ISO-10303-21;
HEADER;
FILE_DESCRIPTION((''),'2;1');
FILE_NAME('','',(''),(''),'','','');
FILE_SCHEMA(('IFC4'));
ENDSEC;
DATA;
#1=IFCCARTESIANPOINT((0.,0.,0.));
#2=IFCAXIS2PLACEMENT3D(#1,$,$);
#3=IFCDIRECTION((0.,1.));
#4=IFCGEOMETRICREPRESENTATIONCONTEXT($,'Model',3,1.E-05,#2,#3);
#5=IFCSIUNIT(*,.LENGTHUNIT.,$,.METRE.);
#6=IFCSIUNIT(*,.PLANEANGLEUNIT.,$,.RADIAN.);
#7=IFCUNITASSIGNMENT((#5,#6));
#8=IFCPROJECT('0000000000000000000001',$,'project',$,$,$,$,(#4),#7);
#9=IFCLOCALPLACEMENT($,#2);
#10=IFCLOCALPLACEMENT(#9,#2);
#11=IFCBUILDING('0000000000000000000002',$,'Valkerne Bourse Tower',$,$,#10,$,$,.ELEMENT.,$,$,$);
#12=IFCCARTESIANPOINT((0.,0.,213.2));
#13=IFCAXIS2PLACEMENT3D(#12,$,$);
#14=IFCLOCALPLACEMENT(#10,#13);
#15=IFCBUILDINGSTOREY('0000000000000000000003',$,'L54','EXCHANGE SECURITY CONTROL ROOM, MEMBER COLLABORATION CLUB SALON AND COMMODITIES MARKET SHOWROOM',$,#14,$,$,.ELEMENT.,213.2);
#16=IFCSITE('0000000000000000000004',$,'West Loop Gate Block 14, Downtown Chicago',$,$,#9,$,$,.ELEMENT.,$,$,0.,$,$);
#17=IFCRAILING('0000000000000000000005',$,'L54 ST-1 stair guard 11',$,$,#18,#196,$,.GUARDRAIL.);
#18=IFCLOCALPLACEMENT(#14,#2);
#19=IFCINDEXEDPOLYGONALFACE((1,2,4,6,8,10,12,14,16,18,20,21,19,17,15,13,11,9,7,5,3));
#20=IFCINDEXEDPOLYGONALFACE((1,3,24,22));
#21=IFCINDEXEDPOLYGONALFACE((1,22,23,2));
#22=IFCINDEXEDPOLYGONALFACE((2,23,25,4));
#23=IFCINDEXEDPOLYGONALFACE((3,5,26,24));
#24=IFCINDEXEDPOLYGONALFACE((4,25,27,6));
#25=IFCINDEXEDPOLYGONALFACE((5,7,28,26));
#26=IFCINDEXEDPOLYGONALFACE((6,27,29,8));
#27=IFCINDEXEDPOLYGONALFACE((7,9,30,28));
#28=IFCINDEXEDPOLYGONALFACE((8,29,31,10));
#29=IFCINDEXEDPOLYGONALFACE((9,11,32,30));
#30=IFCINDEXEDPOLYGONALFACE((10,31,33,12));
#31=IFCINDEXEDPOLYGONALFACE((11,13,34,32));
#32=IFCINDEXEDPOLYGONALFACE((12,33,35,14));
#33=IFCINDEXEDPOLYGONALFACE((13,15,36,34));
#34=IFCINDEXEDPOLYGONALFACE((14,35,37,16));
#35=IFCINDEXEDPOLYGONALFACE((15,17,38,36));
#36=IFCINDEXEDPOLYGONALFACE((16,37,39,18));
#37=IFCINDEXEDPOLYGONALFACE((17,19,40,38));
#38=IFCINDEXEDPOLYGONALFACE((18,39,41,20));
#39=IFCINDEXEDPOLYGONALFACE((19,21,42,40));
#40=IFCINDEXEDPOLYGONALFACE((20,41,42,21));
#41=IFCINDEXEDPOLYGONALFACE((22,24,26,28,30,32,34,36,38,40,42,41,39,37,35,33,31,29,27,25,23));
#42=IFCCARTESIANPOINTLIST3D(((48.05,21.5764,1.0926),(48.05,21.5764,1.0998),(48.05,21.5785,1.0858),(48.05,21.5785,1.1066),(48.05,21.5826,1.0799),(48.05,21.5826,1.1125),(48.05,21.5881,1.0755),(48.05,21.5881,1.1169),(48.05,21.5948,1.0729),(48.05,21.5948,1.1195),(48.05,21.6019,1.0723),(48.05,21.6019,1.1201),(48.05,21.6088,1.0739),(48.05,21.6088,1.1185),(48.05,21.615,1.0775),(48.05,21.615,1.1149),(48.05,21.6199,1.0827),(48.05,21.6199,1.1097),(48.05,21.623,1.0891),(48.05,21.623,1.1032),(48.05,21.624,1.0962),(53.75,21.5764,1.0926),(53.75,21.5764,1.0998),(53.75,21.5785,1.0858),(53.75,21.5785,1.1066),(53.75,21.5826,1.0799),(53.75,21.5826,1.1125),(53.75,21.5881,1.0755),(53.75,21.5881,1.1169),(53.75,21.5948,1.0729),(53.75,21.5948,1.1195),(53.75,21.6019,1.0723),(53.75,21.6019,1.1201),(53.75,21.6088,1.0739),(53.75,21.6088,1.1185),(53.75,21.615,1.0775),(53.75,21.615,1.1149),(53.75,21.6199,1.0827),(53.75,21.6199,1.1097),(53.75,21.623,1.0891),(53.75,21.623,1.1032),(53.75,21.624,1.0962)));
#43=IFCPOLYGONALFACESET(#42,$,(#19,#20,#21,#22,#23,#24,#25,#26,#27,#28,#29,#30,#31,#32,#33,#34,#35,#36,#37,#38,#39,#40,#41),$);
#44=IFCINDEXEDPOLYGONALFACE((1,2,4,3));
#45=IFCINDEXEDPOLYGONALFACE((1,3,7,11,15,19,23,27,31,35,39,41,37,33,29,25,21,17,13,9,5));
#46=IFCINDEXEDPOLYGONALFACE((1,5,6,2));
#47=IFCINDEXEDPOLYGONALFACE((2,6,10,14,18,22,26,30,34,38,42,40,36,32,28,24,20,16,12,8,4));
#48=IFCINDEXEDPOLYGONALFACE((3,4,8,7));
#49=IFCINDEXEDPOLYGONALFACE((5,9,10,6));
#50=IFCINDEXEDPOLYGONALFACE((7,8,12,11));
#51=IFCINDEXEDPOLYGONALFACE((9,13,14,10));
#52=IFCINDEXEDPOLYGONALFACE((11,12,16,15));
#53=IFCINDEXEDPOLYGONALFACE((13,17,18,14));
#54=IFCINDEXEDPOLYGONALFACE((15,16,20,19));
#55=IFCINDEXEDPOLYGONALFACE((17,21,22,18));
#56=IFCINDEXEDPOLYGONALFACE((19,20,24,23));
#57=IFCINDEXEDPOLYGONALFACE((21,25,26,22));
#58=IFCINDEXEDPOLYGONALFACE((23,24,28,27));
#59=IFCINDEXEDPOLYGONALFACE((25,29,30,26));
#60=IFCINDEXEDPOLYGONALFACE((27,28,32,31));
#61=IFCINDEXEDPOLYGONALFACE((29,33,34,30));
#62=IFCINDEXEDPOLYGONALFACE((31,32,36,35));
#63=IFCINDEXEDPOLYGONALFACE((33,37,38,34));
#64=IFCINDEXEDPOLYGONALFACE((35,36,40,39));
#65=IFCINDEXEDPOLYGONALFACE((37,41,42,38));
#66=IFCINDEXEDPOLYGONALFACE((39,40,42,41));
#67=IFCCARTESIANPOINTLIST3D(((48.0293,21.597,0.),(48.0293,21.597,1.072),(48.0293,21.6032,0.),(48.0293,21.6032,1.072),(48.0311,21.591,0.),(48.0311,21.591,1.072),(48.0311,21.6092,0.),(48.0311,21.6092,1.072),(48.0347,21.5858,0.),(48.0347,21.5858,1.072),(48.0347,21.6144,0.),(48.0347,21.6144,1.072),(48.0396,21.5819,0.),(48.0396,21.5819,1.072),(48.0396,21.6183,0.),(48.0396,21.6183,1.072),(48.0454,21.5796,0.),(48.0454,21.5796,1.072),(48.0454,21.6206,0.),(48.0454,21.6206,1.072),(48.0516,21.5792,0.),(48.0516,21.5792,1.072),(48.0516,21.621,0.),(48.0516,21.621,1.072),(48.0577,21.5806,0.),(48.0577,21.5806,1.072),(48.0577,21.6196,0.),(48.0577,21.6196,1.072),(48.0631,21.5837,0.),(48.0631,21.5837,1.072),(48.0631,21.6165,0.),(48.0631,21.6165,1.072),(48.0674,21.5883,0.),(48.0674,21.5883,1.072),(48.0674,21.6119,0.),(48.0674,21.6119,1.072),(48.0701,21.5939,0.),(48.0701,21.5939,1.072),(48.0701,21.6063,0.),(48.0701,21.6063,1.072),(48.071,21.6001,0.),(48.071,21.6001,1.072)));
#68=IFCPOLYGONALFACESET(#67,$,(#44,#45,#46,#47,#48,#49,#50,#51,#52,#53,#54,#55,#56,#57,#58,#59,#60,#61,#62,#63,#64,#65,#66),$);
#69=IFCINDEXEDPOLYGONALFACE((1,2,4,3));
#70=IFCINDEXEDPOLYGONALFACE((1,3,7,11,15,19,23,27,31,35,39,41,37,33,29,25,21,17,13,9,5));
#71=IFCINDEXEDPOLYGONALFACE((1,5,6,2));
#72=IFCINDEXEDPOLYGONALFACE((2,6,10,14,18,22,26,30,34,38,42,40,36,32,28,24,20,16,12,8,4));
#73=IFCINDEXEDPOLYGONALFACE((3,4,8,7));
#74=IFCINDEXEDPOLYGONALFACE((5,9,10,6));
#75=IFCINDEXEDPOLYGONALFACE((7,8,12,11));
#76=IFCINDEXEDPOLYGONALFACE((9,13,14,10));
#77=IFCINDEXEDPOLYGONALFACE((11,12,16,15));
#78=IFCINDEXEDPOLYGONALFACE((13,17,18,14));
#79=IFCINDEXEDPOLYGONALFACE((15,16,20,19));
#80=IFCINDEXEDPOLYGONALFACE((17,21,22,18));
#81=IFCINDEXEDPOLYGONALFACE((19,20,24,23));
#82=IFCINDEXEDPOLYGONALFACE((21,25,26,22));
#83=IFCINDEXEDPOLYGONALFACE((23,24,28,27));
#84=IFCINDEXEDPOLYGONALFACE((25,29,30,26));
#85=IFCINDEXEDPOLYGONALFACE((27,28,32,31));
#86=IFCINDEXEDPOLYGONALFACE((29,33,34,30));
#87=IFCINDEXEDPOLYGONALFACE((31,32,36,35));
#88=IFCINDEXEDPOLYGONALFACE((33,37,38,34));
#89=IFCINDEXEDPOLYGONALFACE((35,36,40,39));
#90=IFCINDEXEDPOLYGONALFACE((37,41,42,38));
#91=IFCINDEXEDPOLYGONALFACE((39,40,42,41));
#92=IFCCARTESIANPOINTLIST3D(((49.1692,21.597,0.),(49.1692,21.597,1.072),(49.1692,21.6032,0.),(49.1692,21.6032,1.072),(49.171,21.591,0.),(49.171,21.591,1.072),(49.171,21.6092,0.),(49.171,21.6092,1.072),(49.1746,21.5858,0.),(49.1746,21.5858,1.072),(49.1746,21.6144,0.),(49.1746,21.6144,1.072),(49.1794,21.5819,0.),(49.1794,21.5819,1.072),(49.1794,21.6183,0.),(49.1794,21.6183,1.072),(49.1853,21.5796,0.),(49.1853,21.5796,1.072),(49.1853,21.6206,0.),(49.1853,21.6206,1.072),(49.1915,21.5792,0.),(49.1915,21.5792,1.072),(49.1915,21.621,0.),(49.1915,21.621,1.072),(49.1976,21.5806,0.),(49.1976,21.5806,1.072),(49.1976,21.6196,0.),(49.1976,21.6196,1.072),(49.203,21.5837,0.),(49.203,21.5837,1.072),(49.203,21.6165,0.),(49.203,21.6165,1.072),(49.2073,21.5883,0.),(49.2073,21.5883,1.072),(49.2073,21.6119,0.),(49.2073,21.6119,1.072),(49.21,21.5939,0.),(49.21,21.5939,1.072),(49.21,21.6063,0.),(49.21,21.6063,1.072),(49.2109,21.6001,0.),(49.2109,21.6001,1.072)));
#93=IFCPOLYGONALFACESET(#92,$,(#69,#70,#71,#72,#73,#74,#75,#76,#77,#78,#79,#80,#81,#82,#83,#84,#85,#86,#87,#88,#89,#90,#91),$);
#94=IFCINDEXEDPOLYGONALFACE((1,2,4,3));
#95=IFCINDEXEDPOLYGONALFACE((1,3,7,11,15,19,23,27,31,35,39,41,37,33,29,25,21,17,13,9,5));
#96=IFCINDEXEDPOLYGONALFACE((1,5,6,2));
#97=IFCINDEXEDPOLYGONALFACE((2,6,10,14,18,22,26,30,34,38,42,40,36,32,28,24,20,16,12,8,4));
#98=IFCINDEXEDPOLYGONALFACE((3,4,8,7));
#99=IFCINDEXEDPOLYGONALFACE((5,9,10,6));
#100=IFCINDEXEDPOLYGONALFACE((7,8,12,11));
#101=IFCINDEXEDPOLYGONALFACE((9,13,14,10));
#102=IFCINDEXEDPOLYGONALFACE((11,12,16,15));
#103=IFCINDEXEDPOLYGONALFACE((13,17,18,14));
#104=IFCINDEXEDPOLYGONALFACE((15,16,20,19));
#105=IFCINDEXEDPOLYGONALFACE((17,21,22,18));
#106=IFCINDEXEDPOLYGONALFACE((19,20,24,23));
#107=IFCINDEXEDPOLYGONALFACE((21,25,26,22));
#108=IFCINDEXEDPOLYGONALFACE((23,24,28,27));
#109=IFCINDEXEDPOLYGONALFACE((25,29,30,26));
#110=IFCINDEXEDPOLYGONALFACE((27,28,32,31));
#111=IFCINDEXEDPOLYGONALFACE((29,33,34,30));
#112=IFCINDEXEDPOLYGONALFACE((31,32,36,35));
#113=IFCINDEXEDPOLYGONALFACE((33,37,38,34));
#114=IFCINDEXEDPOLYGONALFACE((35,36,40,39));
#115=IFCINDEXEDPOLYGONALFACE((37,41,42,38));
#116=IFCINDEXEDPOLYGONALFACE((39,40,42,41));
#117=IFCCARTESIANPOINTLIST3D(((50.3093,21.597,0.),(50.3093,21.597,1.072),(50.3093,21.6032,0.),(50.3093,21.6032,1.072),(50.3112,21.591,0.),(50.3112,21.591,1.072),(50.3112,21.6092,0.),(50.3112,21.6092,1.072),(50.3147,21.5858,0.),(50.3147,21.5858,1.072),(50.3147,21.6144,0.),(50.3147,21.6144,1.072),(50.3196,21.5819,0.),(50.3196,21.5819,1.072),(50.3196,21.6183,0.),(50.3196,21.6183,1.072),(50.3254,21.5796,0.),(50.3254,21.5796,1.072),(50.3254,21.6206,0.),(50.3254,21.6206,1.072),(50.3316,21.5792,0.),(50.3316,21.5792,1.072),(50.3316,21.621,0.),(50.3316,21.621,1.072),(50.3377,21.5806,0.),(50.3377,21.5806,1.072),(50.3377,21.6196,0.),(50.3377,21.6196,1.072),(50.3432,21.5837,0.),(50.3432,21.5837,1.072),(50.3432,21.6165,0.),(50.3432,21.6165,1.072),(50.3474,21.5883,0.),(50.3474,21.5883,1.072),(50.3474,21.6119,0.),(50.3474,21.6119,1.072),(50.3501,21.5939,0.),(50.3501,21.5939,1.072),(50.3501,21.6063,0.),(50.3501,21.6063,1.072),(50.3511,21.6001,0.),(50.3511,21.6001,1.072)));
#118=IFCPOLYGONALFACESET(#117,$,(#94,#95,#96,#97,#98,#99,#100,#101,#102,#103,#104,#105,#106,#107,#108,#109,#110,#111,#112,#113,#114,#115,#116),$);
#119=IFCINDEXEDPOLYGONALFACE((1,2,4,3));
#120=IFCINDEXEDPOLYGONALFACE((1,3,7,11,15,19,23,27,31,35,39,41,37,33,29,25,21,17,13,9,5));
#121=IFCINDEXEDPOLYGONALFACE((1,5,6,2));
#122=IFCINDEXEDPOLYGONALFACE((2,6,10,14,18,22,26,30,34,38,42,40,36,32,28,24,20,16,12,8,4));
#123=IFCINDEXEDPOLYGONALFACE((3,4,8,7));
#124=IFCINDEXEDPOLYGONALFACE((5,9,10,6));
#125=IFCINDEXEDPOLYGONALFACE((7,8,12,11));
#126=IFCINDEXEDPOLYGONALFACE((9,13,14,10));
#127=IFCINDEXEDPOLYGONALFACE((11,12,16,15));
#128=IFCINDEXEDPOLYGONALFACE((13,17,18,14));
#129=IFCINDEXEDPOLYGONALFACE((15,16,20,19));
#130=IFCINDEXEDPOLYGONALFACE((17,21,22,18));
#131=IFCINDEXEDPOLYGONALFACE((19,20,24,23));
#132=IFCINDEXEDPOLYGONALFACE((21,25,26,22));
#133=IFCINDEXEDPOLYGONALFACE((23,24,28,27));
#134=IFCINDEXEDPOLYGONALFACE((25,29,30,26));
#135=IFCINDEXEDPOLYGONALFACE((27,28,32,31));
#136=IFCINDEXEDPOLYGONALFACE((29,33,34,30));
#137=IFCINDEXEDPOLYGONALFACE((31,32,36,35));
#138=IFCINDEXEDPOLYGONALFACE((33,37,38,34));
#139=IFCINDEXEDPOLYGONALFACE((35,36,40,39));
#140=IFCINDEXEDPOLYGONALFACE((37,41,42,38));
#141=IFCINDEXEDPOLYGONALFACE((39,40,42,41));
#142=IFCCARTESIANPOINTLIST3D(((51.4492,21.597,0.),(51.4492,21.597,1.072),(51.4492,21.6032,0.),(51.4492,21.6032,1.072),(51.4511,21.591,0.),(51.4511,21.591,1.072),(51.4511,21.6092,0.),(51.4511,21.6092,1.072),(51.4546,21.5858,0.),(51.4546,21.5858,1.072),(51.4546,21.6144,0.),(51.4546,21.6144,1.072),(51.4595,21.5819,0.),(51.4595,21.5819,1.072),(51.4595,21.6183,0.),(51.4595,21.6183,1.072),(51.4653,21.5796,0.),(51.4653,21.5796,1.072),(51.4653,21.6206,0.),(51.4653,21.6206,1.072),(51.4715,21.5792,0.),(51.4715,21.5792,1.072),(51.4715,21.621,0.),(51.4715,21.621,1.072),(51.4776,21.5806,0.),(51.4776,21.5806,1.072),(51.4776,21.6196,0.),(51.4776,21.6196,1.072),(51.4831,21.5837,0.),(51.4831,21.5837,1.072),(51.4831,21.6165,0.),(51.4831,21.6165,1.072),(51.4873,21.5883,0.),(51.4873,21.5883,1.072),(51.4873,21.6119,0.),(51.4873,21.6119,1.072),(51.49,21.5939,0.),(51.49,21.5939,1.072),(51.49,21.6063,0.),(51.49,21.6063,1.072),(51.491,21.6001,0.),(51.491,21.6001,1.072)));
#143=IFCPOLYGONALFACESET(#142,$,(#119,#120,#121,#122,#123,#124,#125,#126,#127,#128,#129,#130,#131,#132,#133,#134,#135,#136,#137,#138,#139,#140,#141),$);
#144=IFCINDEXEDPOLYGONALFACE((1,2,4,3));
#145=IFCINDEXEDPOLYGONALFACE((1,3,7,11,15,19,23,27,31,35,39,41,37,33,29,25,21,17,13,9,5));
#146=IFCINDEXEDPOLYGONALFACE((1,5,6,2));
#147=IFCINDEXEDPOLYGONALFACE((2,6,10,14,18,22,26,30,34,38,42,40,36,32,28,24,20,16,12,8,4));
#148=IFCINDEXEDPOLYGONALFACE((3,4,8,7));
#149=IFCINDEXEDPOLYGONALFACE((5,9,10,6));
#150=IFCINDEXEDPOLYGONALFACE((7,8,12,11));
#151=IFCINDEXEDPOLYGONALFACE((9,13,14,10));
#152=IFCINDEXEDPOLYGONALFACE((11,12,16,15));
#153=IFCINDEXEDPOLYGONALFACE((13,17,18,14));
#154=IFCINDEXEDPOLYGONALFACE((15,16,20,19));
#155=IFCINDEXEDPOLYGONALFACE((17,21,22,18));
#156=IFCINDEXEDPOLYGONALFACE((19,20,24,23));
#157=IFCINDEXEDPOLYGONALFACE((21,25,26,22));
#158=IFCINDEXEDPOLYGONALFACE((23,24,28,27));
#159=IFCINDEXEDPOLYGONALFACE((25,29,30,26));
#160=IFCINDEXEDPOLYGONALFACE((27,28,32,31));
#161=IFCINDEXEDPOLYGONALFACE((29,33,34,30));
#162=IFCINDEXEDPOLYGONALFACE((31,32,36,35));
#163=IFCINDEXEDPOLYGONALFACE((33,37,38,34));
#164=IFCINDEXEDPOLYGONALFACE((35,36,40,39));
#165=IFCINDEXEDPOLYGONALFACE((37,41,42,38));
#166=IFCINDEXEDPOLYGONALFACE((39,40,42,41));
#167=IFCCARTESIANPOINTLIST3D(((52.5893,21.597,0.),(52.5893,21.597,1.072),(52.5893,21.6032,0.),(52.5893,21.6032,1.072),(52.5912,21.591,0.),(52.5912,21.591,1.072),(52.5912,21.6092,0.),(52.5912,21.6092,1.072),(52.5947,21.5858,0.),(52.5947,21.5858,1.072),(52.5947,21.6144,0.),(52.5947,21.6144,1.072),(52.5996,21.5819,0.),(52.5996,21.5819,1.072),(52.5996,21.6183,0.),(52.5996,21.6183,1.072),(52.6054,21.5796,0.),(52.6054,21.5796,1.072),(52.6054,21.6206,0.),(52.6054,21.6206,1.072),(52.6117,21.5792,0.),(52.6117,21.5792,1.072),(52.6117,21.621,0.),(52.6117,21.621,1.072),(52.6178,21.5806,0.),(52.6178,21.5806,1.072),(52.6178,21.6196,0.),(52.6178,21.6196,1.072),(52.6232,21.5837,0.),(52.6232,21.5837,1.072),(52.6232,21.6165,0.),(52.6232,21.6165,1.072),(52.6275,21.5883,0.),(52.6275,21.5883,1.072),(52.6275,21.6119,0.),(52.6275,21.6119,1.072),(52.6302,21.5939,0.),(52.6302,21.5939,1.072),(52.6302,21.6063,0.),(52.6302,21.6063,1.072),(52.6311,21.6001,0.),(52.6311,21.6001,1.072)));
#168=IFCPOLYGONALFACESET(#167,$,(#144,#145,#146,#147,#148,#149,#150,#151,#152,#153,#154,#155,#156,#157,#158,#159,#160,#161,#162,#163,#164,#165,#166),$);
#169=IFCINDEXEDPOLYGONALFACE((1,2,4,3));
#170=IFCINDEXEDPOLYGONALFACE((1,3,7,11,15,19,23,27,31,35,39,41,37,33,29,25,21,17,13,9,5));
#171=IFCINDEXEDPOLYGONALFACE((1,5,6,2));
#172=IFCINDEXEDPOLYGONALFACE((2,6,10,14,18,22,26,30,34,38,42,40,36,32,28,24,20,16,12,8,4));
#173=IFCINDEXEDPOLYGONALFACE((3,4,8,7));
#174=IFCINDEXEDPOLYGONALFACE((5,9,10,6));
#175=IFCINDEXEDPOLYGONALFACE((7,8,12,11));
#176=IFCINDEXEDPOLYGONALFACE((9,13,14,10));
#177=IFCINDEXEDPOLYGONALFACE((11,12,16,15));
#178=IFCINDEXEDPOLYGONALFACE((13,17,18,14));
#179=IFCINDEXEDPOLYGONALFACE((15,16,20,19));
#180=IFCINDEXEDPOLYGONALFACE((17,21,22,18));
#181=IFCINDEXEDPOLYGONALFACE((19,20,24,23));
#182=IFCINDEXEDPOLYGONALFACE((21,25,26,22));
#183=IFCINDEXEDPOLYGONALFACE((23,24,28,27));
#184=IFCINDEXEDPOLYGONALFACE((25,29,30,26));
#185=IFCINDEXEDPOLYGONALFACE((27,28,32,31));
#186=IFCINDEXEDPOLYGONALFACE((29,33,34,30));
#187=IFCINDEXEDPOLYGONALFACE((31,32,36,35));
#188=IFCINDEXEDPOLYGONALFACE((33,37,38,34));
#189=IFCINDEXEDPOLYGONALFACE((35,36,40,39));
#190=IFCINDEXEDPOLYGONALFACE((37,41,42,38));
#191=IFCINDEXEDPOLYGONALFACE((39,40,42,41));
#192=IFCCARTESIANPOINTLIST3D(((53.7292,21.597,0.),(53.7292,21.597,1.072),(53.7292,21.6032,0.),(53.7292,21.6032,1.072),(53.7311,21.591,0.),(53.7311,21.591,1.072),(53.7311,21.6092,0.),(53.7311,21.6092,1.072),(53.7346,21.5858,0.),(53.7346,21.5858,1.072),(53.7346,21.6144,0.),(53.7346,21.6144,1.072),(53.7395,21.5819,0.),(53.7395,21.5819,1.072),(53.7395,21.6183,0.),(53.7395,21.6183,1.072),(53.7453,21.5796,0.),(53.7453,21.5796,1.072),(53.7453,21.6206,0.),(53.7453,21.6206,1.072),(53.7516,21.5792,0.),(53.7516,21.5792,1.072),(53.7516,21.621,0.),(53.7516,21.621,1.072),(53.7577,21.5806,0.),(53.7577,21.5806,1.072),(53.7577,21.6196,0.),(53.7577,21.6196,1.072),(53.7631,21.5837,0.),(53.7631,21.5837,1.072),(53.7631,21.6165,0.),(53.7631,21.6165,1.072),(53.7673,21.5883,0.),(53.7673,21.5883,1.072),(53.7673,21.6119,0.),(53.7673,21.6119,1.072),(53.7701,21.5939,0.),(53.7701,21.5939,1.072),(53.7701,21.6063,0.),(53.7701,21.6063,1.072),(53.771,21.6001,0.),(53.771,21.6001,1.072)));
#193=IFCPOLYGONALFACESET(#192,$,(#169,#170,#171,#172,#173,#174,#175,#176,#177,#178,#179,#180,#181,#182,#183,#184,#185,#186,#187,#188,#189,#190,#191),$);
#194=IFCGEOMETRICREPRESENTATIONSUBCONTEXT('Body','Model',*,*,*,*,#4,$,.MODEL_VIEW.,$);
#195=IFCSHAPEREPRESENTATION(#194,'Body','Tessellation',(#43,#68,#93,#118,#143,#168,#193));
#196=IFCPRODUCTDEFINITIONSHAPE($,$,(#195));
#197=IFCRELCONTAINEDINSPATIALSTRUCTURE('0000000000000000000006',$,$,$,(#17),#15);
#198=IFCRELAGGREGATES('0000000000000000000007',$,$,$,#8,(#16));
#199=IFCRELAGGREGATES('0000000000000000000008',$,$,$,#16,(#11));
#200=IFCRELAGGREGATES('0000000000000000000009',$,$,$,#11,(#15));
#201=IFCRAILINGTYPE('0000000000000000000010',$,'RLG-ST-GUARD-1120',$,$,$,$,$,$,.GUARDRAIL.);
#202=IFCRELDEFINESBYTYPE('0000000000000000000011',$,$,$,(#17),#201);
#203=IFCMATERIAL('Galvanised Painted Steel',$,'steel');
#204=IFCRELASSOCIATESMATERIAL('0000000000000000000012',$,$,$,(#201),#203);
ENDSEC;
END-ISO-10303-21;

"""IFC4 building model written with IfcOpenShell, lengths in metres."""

from ifc_helpers import new_model, si_unit, direction, frame, origin, origin_2d, place, context, subcontext, project, spatial, circle, extrude, material, type_object, element, save


model = new_model("IFC4")

# Units and contexts
model_context = context("Model", 3, precision=1e-05, world=origin(), true_north=direction((0.0, 1.0)))
body_context = subcontext(model_context, "Body", "Model", "MODEL_VIEW")
ifc_project = project(units=[si_unit("LENGTHUNIT", "METRE"), si_unit("PLANEANGLEUNIT", "RADIAN")], contexts=[model_context])

# Site, building, storey
site_placement = place(None, origin())
site = spatial("IfcSite", under=ifc_project, at=site_placement, Name="West Loop Gate Block 14, Downtown Chicago", CompositionType="ELEMENT", RefElevation=0.0)
building_placement = place(site_placement, origin())
building = spatial("IfcBuilding", under=site, at=building_placement, Name="Valkerne Bourse Tower", CompositionType="ELEMENT")
storey_placement = place(building_placement, frame((0.0, 0.0, 213.2)))
storey = spatial("IfcBuildingStorey", under=building, at=storey_placement, Name="L54", Description="EXCHANGE SECURITY CONTROL ROOM, MEMBER COLLABORATION CLUB SALON AND COMMODITIES MARKET SHOWROOM", CompositionType="ELEMENT", Elevation=213.2)

# Shared definitions
ifc_material_1 = material(Name="Galvanised Painted Steel", Category="steel")

# Railing
railing_type_1 = type_object("IfcRailingType", Name="RLG-ST-GUARD-1120", PredefinedType="GUARDRAIL", material=ifc_material_1)
railing_1_placement = place(storey_placement, frame((48.05, 21.6001, 0.0)))
element("IfcRailing", 1, at=railing_1_placement, inside=storey, type_object=railing_type_1, Name="L54 ST-1 stair guard 11", PredefinedType="GUARDRAIL", context=body_context, shape_type="SweptSolid", body=[
    extrude(circle(Radius=0.0239, at=origin_2d()), frame((0.0, 0.0, 1.0962), z_axis=(1.0, 0.0, 0.0), x_axis=(0.0, 1.0, 0.0)), (0.0, 0.0, 1.0), 5.7),
    extrude(circle(Radius=0.021, at=origin_2d()), origin(), (0.0, 0.0, 1.0), 1.072),
    extrude(circle(Radius=0.021, at=origin_2d()), frame((1.1399, 0.0, 0.0)), (0.0, 0.0, 1.0), 1.072),
    extrude(circle(Radius=0.021, at=origin_2d()), frame((2.28, 0.0, 0.0)), (0.0, 0.0, 1.0), 1.072),
    extrude(circle(Radius=0.021, at=origin_2d()), frame((3.4199, 0.0, 0.0)), (0.0, 0.0, 1.0), 1.072),
    extrude(circle(Radius=0.021, at=origin_2d()), frame((4.5601, 0.0, 0.0)), (0.0, 0.0, 1.0), 1.072),
    extrude(circle(Radius=0.021, at=origin_2d()), frame((5.7, 0.0, 0.0)), (0.0, 0.0, 1.0), 1.072),
])

save(model, "model.ifc")
